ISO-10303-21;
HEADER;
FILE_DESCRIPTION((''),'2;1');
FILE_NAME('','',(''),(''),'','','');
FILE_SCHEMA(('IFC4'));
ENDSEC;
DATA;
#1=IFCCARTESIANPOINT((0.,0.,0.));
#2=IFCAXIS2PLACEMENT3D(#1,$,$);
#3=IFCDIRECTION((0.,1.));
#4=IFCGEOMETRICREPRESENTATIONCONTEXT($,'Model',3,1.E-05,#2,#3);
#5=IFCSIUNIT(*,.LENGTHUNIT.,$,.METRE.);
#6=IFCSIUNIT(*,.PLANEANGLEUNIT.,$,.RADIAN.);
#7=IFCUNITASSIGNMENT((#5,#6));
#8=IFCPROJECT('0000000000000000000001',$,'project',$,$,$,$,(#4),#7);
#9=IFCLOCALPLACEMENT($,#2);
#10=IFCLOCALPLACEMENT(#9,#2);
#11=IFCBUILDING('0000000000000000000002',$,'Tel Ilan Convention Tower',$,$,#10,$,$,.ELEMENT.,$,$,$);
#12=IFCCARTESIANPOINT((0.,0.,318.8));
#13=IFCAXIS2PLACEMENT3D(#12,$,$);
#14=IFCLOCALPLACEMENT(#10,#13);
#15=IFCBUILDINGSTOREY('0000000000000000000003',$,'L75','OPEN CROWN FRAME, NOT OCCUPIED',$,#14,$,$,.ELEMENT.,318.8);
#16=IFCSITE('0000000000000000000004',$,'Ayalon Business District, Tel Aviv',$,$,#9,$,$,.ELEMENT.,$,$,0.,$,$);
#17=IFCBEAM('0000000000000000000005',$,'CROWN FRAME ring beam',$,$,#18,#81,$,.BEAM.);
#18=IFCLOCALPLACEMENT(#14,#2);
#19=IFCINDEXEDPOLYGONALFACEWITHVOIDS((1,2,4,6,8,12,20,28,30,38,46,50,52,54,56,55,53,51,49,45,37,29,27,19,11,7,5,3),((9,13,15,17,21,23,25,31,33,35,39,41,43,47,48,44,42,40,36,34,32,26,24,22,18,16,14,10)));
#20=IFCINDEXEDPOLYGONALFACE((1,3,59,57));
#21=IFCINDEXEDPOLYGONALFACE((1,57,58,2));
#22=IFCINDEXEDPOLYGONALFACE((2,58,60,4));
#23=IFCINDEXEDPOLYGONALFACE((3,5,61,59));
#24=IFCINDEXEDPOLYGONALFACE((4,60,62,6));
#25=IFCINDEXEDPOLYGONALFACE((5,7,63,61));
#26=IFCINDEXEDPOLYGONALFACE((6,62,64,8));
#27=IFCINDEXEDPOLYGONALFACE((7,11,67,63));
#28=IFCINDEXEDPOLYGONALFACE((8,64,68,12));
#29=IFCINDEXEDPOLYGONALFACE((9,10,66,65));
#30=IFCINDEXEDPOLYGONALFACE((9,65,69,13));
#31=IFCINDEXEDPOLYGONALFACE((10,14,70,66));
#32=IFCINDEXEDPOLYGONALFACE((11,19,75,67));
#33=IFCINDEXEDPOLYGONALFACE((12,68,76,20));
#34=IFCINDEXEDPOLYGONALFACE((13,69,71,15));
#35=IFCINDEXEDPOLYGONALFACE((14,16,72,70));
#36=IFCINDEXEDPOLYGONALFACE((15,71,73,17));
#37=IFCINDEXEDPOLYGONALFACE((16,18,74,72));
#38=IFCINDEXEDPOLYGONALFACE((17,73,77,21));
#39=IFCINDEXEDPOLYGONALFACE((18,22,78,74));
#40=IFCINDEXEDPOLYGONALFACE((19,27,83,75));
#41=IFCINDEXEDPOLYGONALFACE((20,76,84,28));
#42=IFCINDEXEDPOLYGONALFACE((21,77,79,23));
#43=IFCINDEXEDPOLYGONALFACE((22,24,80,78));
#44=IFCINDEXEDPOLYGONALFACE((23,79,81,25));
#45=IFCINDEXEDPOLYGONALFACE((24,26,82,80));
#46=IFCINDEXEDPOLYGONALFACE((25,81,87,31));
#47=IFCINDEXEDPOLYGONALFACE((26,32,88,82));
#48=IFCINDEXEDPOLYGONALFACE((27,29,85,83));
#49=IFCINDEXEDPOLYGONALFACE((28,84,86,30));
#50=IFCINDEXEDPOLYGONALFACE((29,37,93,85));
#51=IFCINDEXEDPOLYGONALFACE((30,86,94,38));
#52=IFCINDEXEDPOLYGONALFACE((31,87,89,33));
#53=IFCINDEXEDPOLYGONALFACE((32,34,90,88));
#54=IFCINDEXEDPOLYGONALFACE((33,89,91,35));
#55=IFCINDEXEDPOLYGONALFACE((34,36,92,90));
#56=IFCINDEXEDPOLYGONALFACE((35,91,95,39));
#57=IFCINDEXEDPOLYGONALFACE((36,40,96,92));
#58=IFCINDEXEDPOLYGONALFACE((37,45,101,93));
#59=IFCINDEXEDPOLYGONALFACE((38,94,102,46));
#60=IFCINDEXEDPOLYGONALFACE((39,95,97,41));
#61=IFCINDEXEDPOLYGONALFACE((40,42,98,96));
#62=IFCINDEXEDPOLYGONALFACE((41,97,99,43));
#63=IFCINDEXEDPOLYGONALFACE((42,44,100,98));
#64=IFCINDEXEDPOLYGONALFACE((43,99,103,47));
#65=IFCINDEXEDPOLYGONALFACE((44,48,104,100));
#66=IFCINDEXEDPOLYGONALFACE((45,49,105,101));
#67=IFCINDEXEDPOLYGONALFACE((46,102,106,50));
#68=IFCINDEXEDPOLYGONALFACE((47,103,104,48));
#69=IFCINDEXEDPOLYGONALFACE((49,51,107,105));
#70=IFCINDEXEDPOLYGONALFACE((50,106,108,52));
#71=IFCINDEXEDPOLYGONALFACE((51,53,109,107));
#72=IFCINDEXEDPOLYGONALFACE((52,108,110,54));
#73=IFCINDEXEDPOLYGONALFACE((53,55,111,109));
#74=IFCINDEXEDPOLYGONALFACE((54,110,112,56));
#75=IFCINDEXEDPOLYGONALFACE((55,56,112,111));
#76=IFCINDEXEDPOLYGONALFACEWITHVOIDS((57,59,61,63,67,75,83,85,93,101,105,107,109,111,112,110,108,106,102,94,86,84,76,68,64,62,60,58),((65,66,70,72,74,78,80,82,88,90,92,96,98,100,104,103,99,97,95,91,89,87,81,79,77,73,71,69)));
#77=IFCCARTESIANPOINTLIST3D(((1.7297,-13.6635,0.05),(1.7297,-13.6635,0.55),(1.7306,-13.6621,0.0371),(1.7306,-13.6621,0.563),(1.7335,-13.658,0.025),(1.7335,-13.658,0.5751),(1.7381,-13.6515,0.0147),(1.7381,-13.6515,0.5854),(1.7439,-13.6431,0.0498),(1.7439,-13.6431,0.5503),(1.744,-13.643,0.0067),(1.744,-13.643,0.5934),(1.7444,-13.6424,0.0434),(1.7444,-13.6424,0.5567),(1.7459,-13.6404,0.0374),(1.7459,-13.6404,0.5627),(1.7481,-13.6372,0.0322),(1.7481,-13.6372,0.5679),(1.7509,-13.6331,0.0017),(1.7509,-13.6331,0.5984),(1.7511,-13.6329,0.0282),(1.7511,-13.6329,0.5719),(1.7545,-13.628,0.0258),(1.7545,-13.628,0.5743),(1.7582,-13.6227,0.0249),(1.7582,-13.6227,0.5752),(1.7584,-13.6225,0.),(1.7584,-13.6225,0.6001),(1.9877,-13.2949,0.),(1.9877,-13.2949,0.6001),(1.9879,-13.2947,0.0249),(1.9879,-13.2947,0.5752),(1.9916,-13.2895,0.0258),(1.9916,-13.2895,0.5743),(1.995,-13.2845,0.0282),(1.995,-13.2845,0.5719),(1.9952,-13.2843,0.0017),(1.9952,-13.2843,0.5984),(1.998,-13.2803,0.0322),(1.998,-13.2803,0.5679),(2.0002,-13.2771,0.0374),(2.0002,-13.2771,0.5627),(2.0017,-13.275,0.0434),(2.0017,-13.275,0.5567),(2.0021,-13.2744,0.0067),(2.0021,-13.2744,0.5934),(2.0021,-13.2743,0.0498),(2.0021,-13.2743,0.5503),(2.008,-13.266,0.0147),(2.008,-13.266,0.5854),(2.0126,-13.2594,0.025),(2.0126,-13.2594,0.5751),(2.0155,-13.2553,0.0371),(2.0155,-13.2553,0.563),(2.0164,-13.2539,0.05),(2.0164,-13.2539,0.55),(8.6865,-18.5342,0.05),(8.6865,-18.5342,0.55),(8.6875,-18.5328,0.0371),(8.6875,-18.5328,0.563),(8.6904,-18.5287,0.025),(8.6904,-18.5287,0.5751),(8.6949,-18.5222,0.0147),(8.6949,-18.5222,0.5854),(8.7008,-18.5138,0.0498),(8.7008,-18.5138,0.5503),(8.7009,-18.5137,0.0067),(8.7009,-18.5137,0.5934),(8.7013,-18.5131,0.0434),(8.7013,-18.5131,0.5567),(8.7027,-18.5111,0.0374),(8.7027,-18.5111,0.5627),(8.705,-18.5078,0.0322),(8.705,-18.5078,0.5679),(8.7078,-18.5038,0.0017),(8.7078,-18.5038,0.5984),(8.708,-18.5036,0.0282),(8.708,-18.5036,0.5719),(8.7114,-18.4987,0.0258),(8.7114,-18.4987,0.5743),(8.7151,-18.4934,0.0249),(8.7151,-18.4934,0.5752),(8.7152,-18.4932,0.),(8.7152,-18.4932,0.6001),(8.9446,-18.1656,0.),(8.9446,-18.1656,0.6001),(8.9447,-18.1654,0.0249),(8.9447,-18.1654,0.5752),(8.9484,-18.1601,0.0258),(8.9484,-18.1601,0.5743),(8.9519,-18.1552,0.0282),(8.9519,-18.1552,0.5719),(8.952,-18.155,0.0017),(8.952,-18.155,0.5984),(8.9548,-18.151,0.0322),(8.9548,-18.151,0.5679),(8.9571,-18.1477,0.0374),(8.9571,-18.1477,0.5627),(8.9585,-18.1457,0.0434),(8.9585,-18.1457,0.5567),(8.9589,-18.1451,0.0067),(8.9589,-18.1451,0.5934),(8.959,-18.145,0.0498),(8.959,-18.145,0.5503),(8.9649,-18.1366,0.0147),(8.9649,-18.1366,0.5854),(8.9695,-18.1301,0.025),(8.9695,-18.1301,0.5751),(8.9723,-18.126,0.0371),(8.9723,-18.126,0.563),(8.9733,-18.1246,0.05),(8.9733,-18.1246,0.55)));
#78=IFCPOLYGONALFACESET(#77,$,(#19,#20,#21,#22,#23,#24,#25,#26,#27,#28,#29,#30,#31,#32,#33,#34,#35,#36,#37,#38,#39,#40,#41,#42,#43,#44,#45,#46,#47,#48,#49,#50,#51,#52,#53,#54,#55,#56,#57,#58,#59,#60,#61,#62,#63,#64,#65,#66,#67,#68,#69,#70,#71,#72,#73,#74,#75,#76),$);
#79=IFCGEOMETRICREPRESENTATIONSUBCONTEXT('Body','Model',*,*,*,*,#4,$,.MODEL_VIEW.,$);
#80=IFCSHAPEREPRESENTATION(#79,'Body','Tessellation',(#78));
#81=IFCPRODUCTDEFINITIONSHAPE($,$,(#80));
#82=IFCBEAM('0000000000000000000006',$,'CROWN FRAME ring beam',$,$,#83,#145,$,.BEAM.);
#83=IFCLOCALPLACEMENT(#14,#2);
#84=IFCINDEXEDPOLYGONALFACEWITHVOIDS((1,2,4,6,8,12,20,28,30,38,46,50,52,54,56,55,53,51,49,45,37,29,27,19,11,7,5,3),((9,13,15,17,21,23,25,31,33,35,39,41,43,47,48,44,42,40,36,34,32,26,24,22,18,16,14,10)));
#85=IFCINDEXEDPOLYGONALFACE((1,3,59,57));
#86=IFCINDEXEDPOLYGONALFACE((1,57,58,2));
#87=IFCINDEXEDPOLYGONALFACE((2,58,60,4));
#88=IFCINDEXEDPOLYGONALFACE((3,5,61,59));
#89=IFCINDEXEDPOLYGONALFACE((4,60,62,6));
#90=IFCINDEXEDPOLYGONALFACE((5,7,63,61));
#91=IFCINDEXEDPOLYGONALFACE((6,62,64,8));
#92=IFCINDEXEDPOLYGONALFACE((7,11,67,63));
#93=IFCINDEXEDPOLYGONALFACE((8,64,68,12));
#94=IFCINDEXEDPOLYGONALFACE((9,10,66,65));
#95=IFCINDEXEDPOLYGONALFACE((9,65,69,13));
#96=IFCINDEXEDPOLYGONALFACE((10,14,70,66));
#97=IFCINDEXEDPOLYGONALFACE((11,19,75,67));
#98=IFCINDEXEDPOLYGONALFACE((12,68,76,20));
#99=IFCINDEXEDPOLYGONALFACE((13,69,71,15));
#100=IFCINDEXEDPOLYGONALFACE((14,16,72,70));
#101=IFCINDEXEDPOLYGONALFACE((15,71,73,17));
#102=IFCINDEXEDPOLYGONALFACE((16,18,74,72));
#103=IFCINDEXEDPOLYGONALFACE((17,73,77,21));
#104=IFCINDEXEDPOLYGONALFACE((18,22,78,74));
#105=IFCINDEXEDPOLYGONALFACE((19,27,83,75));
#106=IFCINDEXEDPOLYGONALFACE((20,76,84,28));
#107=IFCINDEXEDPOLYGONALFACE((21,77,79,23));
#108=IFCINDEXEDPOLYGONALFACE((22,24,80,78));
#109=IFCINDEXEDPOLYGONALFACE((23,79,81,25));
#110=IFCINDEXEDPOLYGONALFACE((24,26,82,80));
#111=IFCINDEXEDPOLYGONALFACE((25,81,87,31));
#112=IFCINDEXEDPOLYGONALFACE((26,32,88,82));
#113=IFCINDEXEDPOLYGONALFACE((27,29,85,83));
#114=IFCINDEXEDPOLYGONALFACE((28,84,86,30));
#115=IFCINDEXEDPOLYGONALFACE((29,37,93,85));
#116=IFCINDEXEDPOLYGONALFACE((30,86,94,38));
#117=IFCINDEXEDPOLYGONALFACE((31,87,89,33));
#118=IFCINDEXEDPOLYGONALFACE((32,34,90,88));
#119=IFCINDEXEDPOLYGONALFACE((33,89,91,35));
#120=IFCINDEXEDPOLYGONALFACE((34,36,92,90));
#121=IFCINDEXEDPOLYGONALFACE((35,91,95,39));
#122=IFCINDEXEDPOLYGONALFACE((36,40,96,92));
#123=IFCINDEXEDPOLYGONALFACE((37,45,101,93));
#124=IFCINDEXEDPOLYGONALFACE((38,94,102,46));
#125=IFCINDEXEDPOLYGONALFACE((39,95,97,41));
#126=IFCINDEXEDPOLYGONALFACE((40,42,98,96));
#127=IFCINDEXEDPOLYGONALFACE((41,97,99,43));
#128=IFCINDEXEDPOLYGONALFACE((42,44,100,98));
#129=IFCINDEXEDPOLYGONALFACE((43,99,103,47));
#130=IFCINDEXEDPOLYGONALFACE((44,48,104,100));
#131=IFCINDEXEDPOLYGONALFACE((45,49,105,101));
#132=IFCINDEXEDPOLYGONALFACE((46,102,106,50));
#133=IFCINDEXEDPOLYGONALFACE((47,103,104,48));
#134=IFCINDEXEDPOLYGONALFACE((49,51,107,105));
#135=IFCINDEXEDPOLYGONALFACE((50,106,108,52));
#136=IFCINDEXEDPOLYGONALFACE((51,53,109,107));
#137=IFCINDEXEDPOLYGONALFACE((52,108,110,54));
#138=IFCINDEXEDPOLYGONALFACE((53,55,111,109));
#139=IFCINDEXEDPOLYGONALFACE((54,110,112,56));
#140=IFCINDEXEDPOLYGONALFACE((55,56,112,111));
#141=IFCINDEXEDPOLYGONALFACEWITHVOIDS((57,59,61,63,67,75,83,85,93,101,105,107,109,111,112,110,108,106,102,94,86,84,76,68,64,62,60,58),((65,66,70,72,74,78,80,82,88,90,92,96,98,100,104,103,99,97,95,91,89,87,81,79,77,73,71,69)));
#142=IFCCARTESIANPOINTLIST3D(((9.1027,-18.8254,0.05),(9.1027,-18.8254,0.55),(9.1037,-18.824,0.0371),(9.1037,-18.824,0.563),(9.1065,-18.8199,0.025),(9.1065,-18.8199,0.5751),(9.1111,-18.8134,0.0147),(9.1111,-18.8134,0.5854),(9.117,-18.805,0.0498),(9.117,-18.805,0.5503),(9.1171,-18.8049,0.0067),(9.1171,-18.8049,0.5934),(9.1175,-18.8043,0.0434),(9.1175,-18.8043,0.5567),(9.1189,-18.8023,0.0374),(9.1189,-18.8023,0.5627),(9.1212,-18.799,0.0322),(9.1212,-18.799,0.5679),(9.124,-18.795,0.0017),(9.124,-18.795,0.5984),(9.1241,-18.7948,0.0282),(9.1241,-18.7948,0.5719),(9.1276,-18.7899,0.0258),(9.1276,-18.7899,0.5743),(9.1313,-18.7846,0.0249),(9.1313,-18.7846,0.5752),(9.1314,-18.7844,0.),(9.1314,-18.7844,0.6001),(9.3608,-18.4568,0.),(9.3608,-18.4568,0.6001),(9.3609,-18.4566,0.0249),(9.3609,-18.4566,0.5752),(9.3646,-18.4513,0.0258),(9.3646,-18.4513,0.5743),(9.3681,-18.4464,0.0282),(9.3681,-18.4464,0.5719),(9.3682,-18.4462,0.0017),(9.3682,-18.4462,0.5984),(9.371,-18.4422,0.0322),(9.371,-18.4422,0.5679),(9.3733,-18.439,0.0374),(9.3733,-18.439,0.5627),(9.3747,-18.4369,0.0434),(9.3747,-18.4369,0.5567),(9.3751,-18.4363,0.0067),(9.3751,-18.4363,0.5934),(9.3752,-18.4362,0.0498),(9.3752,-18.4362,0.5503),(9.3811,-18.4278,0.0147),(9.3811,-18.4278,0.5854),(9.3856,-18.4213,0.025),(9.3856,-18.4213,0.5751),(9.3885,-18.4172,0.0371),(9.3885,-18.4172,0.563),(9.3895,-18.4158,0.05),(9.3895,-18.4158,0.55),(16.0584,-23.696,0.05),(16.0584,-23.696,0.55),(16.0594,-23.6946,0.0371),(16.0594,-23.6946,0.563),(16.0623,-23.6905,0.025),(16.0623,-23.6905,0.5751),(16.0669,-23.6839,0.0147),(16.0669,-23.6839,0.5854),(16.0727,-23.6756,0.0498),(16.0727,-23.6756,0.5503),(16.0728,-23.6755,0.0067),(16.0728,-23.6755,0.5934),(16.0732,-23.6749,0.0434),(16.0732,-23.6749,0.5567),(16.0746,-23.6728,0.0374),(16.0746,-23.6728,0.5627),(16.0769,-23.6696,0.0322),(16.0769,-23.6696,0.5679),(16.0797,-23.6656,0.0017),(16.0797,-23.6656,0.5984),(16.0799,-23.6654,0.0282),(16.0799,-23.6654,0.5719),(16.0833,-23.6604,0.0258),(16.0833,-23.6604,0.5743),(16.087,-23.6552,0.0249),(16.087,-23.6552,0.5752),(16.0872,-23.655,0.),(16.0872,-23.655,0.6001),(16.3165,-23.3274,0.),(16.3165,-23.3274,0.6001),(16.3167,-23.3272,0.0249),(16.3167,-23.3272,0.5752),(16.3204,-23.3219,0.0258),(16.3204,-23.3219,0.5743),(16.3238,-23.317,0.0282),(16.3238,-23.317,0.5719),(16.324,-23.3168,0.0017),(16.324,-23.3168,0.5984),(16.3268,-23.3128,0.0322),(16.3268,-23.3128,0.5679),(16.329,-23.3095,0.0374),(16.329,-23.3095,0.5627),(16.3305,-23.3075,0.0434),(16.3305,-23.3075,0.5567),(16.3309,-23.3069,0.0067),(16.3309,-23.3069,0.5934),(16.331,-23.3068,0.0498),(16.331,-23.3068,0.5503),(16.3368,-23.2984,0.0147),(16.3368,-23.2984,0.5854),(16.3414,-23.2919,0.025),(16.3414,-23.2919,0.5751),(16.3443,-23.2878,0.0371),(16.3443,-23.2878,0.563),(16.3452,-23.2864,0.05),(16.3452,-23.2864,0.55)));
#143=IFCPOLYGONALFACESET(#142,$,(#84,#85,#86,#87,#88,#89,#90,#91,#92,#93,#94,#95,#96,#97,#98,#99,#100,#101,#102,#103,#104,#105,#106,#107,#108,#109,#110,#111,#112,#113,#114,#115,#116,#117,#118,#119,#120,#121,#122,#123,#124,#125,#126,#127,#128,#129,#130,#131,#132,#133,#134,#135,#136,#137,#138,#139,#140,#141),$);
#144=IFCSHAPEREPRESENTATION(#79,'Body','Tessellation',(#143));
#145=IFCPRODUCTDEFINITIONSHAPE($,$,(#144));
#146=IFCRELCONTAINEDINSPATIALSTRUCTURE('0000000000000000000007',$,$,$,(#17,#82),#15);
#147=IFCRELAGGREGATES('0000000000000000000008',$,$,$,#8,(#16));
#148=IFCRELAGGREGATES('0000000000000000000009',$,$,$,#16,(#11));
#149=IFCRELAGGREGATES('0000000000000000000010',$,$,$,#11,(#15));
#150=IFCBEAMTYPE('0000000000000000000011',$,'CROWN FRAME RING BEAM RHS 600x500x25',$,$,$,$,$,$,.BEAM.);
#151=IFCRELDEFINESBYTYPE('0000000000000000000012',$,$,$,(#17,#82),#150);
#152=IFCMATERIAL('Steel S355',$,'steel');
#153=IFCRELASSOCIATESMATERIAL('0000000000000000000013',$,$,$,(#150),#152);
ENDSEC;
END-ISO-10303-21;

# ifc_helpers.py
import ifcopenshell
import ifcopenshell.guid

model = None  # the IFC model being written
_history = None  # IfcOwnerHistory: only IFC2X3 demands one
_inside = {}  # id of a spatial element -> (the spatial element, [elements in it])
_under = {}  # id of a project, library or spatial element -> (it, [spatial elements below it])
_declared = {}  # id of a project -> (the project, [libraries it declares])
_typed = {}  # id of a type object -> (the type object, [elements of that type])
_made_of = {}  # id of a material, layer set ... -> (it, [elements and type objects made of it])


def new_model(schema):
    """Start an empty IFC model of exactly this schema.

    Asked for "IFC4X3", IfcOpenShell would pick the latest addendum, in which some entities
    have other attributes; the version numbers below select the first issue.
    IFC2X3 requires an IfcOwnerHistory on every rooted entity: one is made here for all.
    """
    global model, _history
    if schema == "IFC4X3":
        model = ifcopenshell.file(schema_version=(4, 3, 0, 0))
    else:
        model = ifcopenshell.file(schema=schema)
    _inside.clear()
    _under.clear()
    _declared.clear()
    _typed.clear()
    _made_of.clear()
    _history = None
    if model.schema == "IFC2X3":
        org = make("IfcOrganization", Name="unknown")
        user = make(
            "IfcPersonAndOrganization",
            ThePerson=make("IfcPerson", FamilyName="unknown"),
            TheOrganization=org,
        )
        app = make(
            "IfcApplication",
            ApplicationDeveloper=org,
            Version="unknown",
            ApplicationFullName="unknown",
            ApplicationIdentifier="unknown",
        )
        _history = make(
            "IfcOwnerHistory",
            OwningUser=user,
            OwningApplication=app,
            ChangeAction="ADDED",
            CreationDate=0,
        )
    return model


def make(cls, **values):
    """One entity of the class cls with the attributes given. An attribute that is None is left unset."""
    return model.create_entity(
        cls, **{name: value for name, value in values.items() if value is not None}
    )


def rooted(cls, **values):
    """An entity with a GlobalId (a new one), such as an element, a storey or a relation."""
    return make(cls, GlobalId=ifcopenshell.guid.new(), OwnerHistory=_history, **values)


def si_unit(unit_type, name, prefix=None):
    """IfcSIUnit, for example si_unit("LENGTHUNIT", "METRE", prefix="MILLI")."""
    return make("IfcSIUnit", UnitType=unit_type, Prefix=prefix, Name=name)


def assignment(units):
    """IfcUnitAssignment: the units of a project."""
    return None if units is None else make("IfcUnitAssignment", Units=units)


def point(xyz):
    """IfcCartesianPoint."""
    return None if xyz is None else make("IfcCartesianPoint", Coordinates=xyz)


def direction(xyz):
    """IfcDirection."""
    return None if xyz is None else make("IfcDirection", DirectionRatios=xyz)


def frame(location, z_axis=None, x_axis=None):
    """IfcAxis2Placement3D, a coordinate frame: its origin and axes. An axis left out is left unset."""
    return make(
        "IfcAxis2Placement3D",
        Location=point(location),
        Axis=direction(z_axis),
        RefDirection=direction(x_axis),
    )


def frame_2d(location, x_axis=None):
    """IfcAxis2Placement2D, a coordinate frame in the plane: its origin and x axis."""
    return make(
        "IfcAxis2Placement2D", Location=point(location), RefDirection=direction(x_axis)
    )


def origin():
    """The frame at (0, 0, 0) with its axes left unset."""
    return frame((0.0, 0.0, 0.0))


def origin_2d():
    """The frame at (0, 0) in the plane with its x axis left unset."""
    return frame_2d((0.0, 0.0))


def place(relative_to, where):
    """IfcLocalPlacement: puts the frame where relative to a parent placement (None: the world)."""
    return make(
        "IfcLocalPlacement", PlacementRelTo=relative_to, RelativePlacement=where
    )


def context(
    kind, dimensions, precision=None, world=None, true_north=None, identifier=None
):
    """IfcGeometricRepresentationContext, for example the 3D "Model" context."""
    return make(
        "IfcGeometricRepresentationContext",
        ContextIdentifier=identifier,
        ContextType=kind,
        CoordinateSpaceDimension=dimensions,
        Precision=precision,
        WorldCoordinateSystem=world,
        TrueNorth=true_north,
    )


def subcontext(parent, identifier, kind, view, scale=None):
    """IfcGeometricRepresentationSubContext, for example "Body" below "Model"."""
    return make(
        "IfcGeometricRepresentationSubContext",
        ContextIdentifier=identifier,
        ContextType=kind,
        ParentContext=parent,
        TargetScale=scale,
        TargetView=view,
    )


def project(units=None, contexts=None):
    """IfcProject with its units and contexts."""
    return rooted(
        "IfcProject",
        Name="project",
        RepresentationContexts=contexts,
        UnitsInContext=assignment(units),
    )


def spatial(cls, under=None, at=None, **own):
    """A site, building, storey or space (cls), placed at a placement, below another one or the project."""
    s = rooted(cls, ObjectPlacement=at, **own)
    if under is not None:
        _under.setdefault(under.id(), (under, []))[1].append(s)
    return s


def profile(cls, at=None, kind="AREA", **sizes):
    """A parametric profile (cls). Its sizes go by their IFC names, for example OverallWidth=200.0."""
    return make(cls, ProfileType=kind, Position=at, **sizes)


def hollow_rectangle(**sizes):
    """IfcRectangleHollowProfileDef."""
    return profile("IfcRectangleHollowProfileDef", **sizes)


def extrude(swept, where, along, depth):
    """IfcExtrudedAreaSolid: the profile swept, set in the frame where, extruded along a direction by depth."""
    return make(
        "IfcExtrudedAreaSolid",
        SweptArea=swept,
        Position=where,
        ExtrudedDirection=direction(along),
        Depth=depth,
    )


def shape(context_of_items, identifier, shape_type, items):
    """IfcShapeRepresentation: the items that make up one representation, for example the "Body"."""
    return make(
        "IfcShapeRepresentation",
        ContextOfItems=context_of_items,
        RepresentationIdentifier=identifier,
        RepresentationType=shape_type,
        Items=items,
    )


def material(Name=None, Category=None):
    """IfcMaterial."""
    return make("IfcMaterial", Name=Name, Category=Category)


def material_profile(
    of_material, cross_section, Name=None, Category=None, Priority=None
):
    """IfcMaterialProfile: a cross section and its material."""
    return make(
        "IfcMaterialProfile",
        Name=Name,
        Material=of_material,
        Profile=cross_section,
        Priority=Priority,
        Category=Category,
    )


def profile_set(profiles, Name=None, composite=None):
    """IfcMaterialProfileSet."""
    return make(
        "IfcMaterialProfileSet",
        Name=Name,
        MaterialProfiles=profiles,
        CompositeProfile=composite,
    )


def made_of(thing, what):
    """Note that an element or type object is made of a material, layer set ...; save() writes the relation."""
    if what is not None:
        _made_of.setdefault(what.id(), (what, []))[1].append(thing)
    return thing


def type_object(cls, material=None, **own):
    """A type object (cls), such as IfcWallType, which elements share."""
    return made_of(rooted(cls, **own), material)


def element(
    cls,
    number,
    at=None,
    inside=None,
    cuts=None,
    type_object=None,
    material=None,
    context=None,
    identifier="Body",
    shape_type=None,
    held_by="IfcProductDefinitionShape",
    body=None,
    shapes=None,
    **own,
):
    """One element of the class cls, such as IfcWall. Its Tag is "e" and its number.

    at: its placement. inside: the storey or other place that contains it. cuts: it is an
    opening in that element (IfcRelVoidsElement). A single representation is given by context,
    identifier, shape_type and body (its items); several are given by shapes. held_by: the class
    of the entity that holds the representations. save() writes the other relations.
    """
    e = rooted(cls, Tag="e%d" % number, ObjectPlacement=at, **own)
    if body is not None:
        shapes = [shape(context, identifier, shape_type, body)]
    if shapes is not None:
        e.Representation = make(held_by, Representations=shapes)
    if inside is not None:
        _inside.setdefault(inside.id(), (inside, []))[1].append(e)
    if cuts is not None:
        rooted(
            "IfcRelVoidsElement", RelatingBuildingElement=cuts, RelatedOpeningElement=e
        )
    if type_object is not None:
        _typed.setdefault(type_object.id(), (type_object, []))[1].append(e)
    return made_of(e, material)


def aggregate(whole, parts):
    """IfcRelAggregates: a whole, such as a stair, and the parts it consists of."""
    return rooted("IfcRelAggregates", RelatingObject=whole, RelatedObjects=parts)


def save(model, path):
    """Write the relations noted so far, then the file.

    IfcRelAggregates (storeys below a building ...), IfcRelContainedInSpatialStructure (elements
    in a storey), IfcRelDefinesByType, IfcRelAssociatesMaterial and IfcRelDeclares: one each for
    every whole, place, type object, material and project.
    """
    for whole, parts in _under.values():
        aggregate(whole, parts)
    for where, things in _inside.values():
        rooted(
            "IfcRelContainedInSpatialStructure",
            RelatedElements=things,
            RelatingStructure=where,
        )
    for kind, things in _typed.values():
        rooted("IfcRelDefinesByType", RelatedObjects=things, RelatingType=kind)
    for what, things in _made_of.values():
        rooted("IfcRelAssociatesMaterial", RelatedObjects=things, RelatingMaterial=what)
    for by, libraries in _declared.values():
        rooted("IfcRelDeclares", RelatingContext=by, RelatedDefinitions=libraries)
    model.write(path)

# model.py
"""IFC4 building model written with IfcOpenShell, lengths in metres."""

from ifc_helpers import new_model, si_unit, direction, frame, origin, origin_2d, place, context, subcontext, project, spatial, hollow_rectangle, extrude, material, material_profile, profile_set, type_object, element, save


model = new_model("IFC4")

# Units and contexts
model_context = context("Model", 3, precision=1e-05, world=origin(), true_north=direction((0.0, 1.0)))
body_context = subcontext(model_context, "Body", "Model", "MODEL_VIEW")
ifc_project = project(units=[si_unit("LENGTHUNIT", "METRE"), si_unit("PLANEANGLEUNIT", "RADIAN")], contexts=[model_context])

# Site, building, storey
site_placement = place(None, origin())
site = spatial("IfcSite", under=ifc_project, at=site_placement, Name="Ayalon Business District, Tel Aviv", CompositionType="ELEMENT", RefElevation=0.0)
building_placement = place(site_placement, origin())
building = spatial("IfcBuilding", under=site, at=building_placement, Name="Tel Ilan Convention Tower", CompositionType="ELEMENT")
storey_placement = place(building_placement, frame((0.0, 0.0, 318.8)))
storey = spatial("IfcBuildingStorey", under=building, at=storey_placement, Name="L75", Description="OPEN CROWN FRAME, NOT OCCUPIED", CompositionType="ELEMENT", Elevation=318.8)

# Beams
ifc_material_1 = material(Name="Steel S355", Category="steel")
ifc_material_profile_1 = material_profile(ifc_material_1, hollow_rectangle(XDim=0.5, YDim=0.6001, WallThickness=0.0249, InnerFilletRadius=0.0249, OuterFilletRadius=0.05, at=origin_2d()), Name="RHS 600x500x25")
ifc_profile_set_1 = profile_set([ifc_material_profile_1], Name="Steel S355")
beam_type = type_object("IfcBeamType", Name="CROWN FRAME RING BEAM RHS 600x500x25", PredefinedType="BEAM", material=ifc_profile_set_1)
beam_1_placement = place(storey_placement, frame((1.873, -13.4587, 0.3), z_axis=(0.819185, -0.57353, 0.0), x_axis=(0.57353, 0.819185, 0.0)))
element("IfcBeam", 1, at=beam_1_placement, inside=storey, type_object=beam_type, Name="CROWN FRAME ring beam", PredefinedType="BEAM", context=body_context, shape_type="SweptSolid", body=[
    extrude(hollow_rectangle(XDim=0.5, YDim=0.6001, WallThickness=0.0249, InnerFilletRadius=0.0249, OuterFilletRadius=0.05, at=origin_2d()), origin(), (0.0, 0.0, 1.0), 8.4924),
])
beam_2_placement = place(storey_placement, frame((9.2461, -18.6206, 0.3), z_axis=(0.819147, -0.573584, 0.0), x_axis=(0.573584, 0.819147, 0.0)))
element("IfcBeam", 2, at=beam_2_placement, inside=storey, type_object=beam_type, Name="CROWN FRAME ring beam", PredefinedType="BEAM", context=body_context, shape_type="SweptSolid", body=[
    extrude(hollow_rectangle(XDim=0.5, YDim=0.6001, WallThickness=0.0249, InnerFilletRadius=0.0249, OuterFilletRadius=0.05, at=origin_2d()), origin(), (0.0, 0.0, 1.0), 8.4915),
])

save(model, "model.ifc")
